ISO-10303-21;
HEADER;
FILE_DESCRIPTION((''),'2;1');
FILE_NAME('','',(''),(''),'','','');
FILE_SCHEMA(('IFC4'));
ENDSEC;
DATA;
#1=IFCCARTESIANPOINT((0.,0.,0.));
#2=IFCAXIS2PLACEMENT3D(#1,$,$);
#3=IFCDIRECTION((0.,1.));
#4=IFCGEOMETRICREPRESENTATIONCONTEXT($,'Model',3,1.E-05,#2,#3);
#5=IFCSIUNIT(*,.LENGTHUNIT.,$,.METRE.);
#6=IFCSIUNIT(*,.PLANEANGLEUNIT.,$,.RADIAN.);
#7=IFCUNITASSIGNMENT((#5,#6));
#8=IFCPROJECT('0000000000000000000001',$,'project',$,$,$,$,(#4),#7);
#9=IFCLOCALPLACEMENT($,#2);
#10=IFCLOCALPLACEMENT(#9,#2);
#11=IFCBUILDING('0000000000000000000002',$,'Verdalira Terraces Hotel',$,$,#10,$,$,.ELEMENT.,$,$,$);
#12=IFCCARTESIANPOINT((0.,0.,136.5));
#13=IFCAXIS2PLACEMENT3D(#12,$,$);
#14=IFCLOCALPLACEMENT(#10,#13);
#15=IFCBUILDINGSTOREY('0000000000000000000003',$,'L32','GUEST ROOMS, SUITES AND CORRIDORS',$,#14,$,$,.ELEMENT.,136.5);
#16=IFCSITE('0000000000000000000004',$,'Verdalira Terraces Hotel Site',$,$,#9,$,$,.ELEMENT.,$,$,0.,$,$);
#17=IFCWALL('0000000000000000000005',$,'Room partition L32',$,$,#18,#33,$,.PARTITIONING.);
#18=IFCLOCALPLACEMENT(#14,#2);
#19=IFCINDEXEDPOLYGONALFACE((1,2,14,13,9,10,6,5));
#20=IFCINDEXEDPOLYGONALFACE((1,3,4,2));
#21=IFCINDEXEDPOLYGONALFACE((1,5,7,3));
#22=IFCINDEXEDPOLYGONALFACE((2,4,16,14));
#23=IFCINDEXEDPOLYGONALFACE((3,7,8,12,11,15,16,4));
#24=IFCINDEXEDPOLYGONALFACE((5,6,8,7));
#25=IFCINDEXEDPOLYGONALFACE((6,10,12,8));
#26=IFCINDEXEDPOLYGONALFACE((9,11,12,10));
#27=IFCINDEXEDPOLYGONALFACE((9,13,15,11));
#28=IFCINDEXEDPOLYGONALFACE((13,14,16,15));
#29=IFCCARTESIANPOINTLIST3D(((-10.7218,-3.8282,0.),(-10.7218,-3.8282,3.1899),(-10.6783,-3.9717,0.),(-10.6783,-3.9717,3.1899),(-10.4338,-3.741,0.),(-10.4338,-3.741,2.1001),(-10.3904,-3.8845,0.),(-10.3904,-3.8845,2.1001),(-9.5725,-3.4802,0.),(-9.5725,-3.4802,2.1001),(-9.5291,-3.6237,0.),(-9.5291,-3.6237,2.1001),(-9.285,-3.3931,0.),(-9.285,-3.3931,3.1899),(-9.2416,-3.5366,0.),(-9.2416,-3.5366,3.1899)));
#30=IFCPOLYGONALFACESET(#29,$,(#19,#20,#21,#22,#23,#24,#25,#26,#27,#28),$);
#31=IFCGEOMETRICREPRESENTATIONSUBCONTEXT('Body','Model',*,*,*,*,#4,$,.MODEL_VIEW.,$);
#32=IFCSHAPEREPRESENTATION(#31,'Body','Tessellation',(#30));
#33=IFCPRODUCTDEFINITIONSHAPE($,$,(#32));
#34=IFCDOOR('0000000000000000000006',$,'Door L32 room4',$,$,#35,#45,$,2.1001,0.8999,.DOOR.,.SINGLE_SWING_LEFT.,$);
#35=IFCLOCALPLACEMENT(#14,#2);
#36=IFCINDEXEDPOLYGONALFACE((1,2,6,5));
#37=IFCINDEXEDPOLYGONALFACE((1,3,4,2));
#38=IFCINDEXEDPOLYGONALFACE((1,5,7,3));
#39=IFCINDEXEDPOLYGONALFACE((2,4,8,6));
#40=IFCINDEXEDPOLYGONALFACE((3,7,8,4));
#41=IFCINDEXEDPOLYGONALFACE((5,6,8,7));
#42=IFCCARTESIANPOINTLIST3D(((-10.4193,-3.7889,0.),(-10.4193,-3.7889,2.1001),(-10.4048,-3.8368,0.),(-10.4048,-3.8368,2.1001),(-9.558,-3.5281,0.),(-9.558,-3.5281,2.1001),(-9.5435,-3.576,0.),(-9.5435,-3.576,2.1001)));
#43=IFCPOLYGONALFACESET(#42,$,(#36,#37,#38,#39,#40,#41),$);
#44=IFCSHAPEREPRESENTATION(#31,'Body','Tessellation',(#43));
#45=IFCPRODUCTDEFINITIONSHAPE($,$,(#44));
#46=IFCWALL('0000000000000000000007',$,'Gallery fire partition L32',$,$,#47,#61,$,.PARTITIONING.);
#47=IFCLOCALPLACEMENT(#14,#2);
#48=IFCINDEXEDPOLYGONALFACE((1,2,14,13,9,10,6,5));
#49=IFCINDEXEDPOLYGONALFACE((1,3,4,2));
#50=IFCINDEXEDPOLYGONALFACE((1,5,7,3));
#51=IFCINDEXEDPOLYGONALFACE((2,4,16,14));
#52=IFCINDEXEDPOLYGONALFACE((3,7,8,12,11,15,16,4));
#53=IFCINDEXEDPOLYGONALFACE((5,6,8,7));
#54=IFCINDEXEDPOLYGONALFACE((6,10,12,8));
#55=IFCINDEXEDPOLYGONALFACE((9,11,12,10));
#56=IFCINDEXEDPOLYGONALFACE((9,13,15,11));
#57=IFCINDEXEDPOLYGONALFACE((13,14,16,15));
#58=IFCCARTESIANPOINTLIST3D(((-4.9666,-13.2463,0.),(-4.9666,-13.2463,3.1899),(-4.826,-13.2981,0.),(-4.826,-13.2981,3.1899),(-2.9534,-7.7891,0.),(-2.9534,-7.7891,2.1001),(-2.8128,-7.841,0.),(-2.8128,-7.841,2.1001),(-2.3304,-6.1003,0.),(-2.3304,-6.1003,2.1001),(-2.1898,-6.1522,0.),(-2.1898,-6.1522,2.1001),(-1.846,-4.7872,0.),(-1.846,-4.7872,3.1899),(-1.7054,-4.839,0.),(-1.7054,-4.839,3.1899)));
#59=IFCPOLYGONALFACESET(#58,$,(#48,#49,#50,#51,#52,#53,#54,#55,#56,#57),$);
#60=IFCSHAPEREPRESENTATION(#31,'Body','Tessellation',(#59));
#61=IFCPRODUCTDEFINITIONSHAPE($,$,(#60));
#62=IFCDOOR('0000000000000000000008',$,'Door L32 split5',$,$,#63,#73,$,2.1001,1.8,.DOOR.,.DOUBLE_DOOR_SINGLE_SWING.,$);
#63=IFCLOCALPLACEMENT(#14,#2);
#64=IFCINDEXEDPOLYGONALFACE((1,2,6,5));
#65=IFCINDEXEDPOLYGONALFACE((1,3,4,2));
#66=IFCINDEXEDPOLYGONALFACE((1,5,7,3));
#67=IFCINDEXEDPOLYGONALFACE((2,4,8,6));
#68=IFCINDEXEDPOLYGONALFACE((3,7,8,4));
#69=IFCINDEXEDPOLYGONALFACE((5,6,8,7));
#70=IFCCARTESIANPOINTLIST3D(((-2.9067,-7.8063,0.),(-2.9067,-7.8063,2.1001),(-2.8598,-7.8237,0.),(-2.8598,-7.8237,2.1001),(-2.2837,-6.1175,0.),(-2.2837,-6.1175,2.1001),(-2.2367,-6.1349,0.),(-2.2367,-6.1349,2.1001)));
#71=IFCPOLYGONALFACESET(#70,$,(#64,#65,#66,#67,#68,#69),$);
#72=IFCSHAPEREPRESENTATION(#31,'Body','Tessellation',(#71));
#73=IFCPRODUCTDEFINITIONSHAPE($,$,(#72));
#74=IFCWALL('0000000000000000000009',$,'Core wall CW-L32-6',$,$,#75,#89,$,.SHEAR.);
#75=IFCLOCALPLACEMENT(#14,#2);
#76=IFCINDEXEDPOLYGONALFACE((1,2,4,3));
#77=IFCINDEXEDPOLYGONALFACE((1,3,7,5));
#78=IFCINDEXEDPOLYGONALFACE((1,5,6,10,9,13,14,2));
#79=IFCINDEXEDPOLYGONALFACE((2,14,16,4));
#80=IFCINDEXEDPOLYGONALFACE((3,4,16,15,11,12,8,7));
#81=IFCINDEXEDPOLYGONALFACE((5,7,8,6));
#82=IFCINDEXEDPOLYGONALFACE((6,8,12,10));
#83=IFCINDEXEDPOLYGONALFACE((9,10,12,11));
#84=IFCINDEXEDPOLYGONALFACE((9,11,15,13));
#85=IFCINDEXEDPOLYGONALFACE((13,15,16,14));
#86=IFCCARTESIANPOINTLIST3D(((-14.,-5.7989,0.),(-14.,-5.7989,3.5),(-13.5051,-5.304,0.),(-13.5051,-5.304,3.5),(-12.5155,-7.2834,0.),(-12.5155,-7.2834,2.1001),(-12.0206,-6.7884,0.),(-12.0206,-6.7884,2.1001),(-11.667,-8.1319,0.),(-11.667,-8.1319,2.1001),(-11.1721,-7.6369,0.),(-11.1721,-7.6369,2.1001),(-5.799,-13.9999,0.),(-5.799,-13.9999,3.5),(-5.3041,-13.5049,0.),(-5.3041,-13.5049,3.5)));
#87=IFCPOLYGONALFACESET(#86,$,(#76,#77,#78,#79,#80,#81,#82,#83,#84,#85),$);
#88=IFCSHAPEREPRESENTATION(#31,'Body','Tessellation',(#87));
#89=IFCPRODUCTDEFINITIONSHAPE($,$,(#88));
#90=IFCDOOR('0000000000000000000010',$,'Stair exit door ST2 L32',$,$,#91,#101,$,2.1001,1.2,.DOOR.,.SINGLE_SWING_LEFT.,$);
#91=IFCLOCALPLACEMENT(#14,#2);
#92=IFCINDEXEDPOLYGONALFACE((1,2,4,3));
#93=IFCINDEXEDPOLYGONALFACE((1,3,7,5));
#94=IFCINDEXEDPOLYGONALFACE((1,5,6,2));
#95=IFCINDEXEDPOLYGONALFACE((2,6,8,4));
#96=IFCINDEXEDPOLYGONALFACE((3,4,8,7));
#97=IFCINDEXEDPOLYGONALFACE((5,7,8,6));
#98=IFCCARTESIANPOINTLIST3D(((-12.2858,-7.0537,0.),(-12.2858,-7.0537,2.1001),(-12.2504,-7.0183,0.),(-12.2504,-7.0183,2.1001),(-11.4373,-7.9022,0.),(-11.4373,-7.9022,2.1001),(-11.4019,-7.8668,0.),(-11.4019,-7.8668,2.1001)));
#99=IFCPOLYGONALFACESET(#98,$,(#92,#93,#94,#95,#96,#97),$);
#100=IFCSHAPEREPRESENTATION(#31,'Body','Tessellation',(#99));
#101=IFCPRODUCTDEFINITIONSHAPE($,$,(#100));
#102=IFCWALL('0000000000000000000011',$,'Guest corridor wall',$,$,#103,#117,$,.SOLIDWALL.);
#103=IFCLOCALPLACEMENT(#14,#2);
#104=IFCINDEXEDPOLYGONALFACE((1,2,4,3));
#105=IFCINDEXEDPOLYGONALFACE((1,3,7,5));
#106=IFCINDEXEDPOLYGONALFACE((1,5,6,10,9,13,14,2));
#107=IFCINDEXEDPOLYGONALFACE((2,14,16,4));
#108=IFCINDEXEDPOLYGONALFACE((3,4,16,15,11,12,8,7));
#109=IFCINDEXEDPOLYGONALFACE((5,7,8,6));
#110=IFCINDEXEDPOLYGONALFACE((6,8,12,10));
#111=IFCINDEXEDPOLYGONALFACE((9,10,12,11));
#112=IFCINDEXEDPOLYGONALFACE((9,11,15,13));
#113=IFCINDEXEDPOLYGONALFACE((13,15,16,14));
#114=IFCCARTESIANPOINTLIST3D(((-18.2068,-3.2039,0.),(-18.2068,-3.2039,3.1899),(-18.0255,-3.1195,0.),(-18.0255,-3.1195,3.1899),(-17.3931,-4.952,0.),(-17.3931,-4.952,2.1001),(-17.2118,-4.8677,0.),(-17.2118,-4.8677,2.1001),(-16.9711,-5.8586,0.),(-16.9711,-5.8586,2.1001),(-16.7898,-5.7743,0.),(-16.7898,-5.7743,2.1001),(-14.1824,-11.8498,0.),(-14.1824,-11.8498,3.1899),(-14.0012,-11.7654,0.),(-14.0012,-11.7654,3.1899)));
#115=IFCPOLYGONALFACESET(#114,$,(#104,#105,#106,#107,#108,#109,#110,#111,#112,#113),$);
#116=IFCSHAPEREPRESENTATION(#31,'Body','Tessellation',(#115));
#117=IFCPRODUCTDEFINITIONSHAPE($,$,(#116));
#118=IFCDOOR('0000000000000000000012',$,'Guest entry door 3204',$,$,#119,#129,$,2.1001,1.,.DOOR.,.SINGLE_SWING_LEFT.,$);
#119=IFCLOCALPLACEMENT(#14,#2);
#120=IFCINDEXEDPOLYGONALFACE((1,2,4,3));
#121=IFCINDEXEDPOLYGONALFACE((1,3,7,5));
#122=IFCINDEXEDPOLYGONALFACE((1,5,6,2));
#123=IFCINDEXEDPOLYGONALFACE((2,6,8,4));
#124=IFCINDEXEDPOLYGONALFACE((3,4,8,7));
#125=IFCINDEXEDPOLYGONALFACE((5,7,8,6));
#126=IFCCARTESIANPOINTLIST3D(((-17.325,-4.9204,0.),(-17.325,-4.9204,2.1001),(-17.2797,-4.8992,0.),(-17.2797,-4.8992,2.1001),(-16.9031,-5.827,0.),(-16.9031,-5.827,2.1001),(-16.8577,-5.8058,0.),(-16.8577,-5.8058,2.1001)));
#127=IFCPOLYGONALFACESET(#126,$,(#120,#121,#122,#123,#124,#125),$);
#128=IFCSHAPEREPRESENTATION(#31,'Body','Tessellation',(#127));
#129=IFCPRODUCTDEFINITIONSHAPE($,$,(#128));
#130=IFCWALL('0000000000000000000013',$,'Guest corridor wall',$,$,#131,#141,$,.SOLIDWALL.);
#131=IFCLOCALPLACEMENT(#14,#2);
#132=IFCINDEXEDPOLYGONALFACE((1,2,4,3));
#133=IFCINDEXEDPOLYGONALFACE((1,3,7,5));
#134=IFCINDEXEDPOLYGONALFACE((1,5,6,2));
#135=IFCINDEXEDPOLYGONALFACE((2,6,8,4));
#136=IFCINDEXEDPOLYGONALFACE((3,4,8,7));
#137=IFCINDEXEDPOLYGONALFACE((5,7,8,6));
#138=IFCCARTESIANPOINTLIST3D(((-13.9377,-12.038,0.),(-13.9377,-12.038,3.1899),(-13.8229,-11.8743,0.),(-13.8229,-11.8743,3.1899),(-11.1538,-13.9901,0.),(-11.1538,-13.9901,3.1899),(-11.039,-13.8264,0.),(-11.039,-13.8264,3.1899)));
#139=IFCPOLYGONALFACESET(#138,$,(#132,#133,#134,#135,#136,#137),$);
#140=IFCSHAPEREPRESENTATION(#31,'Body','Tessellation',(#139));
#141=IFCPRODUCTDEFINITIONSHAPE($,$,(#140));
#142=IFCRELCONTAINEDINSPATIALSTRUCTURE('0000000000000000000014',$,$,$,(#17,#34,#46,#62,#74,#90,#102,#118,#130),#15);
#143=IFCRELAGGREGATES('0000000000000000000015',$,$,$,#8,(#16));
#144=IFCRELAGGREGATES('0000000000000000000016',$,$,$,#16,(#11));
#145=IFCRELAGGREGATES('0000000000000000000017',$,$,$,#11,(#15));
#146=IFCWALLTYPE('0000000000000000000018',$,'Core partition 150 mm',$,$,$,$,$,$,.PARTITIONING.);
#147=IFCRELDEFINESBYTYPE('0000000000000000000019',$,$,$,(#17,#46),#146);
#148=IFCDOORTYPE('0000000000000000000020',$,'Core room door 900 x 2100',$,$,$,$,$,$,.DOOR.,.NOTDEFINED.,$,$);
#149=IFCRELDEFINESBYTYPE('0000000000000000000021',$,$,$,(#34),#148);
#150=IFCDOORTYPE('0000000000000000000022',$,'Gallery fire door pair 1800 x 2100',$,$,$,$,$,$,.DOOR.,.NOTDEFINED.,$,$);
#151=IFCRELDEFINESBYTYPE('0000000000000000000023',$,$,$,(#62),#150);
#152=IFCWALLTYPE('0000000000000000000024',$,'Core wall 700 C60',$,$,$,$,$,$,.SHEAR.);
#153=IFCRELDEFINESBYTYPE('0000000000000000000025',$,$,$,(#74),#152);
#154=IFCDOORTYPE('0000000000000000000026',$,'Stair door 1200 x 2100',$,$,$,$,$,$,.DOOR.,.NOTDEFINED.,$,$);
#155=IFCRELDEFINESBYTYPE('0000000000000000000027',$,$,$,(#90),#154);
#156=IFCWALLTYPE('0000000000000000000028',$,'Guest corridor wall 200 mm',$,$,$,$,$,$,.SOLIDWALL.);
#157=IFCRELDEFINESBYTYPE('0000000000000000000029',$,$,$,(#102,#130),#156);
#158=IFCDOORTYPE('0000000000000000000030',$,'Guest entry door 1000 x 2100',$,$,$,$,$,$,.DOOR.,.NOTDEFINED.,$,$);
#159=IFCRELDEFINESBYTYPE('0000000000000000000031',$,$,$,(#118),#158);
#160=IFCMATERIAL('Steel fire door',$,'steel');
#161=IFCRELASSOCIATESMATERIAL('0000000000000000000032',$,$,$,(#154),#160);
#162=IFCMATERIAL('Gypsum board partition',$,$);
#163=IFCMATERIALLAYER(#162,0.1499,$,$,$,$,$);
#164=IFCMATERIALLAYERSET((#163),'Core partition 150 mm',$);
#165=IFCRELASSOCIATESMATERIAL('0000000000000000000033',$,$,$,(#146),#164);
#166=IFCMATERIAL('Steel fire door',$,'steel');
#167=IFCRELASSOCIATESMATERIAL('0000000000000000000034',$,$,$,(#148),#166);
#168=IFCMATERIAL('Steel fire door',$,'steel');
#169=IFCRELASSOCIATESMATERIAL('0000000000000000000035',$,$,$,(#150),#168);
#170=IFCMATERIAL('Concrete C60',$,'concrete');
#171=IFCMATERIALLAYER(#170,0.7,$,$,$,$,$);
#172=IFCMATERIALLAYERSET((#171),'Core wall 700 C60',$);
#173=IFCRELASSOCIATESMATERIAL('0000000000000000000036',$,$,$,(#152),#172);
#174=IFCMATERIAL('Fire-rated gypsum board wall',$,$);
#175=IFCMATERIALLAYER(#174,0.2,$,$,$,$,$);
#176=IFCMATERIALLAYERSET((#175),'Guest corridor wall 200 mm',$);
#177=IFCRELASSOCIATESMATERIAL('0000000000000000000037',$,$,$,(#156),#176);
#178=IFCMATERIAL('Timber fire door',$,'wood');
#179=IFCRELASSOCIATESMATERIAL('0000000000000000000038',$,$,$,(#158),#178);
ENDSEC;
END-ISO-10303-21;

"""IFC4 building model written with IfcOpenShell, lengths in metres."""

from ifc_helpers import new_model, si_unit, direction, frame, frame_2d, origin, place, context, subcontext, project, spatial, rectangle, extrude, material, layer, layer_set, type_object, element, fill, save


model = new_model("IFC4")

# Units and contexts
model_context = context("Model", 3, precision=1e-05, world=origin(), true_north=direction((0.0, 1.0)))
body_context = subcontext(model_context, "Body", "Model", "MODEL_VIEW")
ifc_project = project(units=[si_unit("LENGTHUNIT", "METRE"), si_unit("PLANEANGLEUNIT", "RADIAN")], contexts=[model_context])

# Site, building, storey
site_placement = place(None, origin())
site = spatial("IfcSite", under=ifc_project, at=site_placement, Name="Verdalira Terraces Hotel Site", CompositionType="ELEMENT", RefElevation=0.0)
building_placement = place(site_placement, origin())
building = spatial("IfcBuilding", under=site, at=building_placement, Name="Verdalira Terraces Hotel", CompositionType="ELEMENT")
storey_placement = place(building_placement, frame((0.0, 0.0, 136.5)))
storey = spatial("IfcBuildingStorey", under=building, at=storey_placement, Name="L32", Description="GUEST ROOMS, SUITES AND CORRIDORS", CompositionType="ELEMENT", Elevation=136.5)

# Shared definitions
ifc_material_1 = material(Name="Steel fire door", Category="steel")
door_type_1 = type_object("IfcDoorType", Name="Stair door 1200 x 2100", OperationType="NOTDEFINED", PredefinedType="DOOR", material=ifc_material_1)

# Walls, openings, doors
ifc_material_2 = material(Name="Gypsum board partition")
ifc_layer_1 = layer(ifc_material_2, 0.1499)
ifc_layer_set_1 = layer_set([ifc_layer_1], Name="Core partition 150 mm")
wall_type_1 = type_object("IfcWallType", Name="Core partition 150 mm", PredefinedType="PARTITIONING", material=ifc_layer_set_1)
wall_1_placement = place(storey_placement, frame((-10.7, -3.8999, 0.0), z_axis=(0.0, 0.0, 1.0), x_axis=(0.957085, 0.289809, 0.0)))
wall_1 = element("IfcWall", 1, at=wall_1_placement, inside=storey, type_object=wall_type_1, Name="Room partition L32", PredefinedType="PARTITIONING", context=body_context, shape_type="SweptSolid", body=[
    extrude(rectangle(XDim=1.5012, YDim=0.1499, at=frame_2d((0.7505, 0.0))), origin(), (0.0, 0.0, 1.0), 3.1899),
])
opening_1_placement = place(wall_1_placement, frame((0.3008, 0.0, 0.0)))
opening_1 = element("IfcOpeningElement", 2, at=opening_1_placement, cuts=wall_1, PredefinedType="OPENING", context=body_context, shape_type="SweptSolid", body=[
    extrude(rectangle(XDim=0.8999, YDim=2.1001, at=frame_2d((0.45, 1.05))), frame((0.0, 0.085, 0.0), z_axis=(0.0, -1.0, 0.0), x_axis=(1.0, 0.0, 0.0)), (0.0, 0.0, 1.0), 0.1699),
])
ifc_material_3 = material(Name="Steel fire door", Category="steel")
door_type_2 = type_object("IfcDoorType", Name="Core room door 900 x 2100", OperationType="NOTDEFINED", PredefinedType="DOOR", material=ifc_material_3)
door_1_placement = place(opening_1_placement, origin())
door_1 = element("IfcDoor", 3, at=door_1_placement, inside=storey, type_object=door_type_2, Name="Door L32 room4", OperationType="SINGLE_SWING_LEFT", OverallHeight=2.1001, OverallWidth=0.8999, PredefinedType="DOOR", context=body_context, shape_type="SweptSolid", body=[
    extrude(rectangle(XDim=0.8999, YDim=2.1001, at=frame_2d((0.45, 1.05))), frame((0.0, 0.0249, 0.0), z_axis=(0.0, -1.0, 0.0), x_axis=(1.0, 0.0, 0.0)), (0.0, 0.0, 1.0), 0.05),
])
fill(opening_1, door_1)
wall_2_placement = place(storey_placement, frame((-1.7756, -4.813, 0.0), z_axis=(0.0, 0.0, 1.0), x_axis=(-0.346109, -0.938194, 0.0)))
wall_2 = element("IfcWall", 4, at=wall_2_placement, inside=storey, type_object=wall_type_1, Name="Gallery fire partition L32", PredefinedType="PARTITIONING", context=body_context, shape_type="SweptSolid", body=[
    extrude(rectangle(XDim=9.0164, YDim=0.1499, at=frame_2d((4.5083, 0.0))), origin(), (0.0, 0.0, 1.0), 3.1899),
])
opening_2_placement = place(wall_2_placement, frame((1.3999, 0.0, 0.0)))
opening_2 = element("IfcOpeningElement", 5, at=opening_2_placement, cuts=wall_2, PredefinedType="OPENING", context=body_context, shape_type="SweptSolid", body=[
    extrude(rectangle(XDim=1.8, YDim=2.1001, at=frame_2d((0.8999, 1.05))), frame((0.0, 0.085, 0.0), z_axis=(0.0, -1.0, 0.0), x_axis=(1.0, 0.0, 0.0)), (0.0, 0.0, 1.0), 0.1699),
])
ifc_material_4 = material(Name="Steel fire door", Category="steel")
door_type_3 = type_object("IfcDoorType", Name="Gallery fire door pair 1800 x 2100", OperationType="NOTDEFINED", PredefinedType="DOOR", material=ifc_material_4)
door_2_placement = place(opening_2_placement, origin())
door_2 = element("IfcDoor", 6, at=door_2_placement, inside=storey, type_object=door_type_3, Name="Door L32 split5", OperationType="DOUBLE_DOOR_SINGLE_SWING", OverallHeight=2.1001, OverallWidth=1.8, PredefinedType="DOOR", context=body_context, shape_type="SweptSolid", body=[
    extrude(rectangle(XDim=1.8, YDim=2.1001, at=frame_2d((0.8999, 1.05))), frame((0.0, 0.0249, 0.0), z_axis=(0.0, -1.0, 0.0), x_axis=(1.0, 0.0, 0.0)), (0.0, 0.0, 1.0), 0.05),
])
fill(opening_2, door_2)
ifc_material_5 = material(Name="Concrete C60", Category="concrete")
ifc_layer_2 = layer(ifc_material_5, 0.7)
ifc_layer_set_2 = layer_set([ifc_layer_2], Name="Core wall 700 C60")
wall_type_2 = type_object("IfcWallType", Name="Core wall 700 C60", PredefinedType="SHEAR", material=ifc_layer_set_2)
wall_3_placement = place(storey_placement, frame((-13.7524, -5.5515, 0.0), z_axis=(0.0, 0.0, 1.0), x_axis=(0.707107, -0.707107, 0.0)))
wall_3 = element("IfcWall", 7, at=wall_3_placement, inside=storey, type_object=wall_type_2, Name="Core wall CW-L32-6", PredefinedType="SHEAR", context=body_context, shape_type="SweptSolid", body=[
    extrude(rectangle(XDim=11.5979, YDim=0.7, at=frame_2d((5.7988, 0.0))), origin(), (0.0, 0.0, 1.0), 3.5),
])
opening_3_placement = place(wall_3_placement, frame((2.0991, 0.0, 0.0)))
opening_3 = element("IfcOpeningElement", 8, at=opening_3_placement, cuts=wall_3, PredefinedType="OPENING", context=body_context, shape_type="SweptSolid", body=[
    extrude(rectangle(XDim=1.2, YDim=2.1001, at=frame_2d((0.6001, 1.05))), frame((0.0, 0.3599, 0.0), z_axis=(0.0, -1.0, 0.0), x_axis=(1.0, 0.0, 0.0)), (0.0, 0.0, 1.0), 0.72),
])
door_3_placement = place(opening_3_placement, origin())
door_3 = element("IfcDoor", 9, at=door_3_placement, inside=storey, type_object=door_type_1, Name="Stair exit door ST2 L32", OperationType="SINGLE_SWING_LEFT", OverallHeight=2.1001, OverallWidth=1.2, PredefinedType="DOOR", context=body_context, shape_type="SweptSolid", body=[
    extrude(rectangle(XDim=1.2, YDim=2.1001, at=frame_2d((0.6001, 1.05))), frame((0.0, 0.0249, 0.0), z_axis=(0.0, -1.0, 0.0), x_axis=(1.0, 0.0, 0.0)), (0.0, 0.0, 1.0), 0.05),
])
fill(opening_3, door_3)
ifc_material_6 = material(Name="Fire-rated gypsum board wall")
ifc_layer_3 = layer(ifc_material_6, 0.2)
ifc_layer_set_3 = layer_set([ifc_layer_3], Name="Guest corridor wall 200 mm")
wall_type_3 = type_object("IfcWallType", Name="Guest corridor wall 200 mm", PredefinedType="SOLIDWALL", material=ifc_layer_set_3)
wall_4_placement = place(storey_placement, frame((-14.0918, -11.8076, 0.0), z_axis=(0.0, 0.0, 1.0), x_axis=(-0.421991, 0.9066, 0.0)))
wall_4 = element("IfcWall", 10, at=wall_4_placement, inside=storey, type_object=wall_type_3, Name="Guest corridor wall", PredefinedType="SOLIDWALL", context=body_context, shape_type="SweptSolid", body=[
    extrude(rectangle(XDim=9.5366, YDim=0.2, at=frame_2d((4.7683, 0.0))), origin(), (0.0, 0.0, 1.0), 3.1899),
])
opening_4_placement = place(wall_4_placement, frame((6.6084, 0.0, 0.0)))
opening_4 = element("IfcOpeningElement", 11, at=opening_4_placement, cuts=wall_4, PredefinedType="OPENING", context=body_context, shape_type="SweptSolid", body=[
    extrude(rectangle(XDim=1.0, YDim=2.1001, at=frame_2d((0.5, 1.05))), frame((0.0, 0.1099, 0.0), z_axis=(0.0, -1.0, 0.0), x_axis=(1.0, 0.0, 0.0)), (0.0, 0.0, 1.0), 0.22),
])
ifc_material_7 = material(Name="Timber fire door", Category="wood")
door_type_4 = type_object("IfcDoorType", Name="Guest entry door 1000 x 2100", OperationType="NOTDEFINED", PredefinedType="DOOR", material=ifc_material_7)
door_4_placement = place(opening_4_placement, origin())
door_4 = element("IfcDoor", 12, at=door_4_placement, inside=storey, type_object=door_type_4, Name="Guest entry door 3204", OperationType="SINGLE_SWING_LEFT", OverallHeight=2.1001, OverallWidth=1.0, PredefinedType="DOOR", context=body_context, shape_type="SweptSolid", body=[
    extrude(rectangle(XDim=1.0, YDim=2.1001, at=frame_2d((0.5, 1.05))), frame((0.0, 0.0249, 0.0), z_axis=(0.0, -1.0, 0.0), x_axis=(1.0, 0.0, 0.0)), (0.0, 0.0, 1.0), 0.05),
])
fill(opening_4, door_4)

# Wall
wall_5_placement = place(storey_placement, frame((-13.8804, -11.9561, 0.0), z_axis=(0.0, 0.0, 1.0), x_axis=(0.818763, -0.574132, 0.0)))
element("IfcWall", 13, at=wall_5_placement, inside=storey, type_object=wall_type_3, Name="Guest corridor wall", PredefinedType="SOLIDWALL", context=body_context, shape_type="SweptSolid", body=[
    extrude(rectangle(XDim=3.4001, YDim=0.2, at=frame_2d((1.7002, 0.0))), origin(), (0.0, 0.0, 1.0), 3.1899),
])

save(model, "model.ifc")
